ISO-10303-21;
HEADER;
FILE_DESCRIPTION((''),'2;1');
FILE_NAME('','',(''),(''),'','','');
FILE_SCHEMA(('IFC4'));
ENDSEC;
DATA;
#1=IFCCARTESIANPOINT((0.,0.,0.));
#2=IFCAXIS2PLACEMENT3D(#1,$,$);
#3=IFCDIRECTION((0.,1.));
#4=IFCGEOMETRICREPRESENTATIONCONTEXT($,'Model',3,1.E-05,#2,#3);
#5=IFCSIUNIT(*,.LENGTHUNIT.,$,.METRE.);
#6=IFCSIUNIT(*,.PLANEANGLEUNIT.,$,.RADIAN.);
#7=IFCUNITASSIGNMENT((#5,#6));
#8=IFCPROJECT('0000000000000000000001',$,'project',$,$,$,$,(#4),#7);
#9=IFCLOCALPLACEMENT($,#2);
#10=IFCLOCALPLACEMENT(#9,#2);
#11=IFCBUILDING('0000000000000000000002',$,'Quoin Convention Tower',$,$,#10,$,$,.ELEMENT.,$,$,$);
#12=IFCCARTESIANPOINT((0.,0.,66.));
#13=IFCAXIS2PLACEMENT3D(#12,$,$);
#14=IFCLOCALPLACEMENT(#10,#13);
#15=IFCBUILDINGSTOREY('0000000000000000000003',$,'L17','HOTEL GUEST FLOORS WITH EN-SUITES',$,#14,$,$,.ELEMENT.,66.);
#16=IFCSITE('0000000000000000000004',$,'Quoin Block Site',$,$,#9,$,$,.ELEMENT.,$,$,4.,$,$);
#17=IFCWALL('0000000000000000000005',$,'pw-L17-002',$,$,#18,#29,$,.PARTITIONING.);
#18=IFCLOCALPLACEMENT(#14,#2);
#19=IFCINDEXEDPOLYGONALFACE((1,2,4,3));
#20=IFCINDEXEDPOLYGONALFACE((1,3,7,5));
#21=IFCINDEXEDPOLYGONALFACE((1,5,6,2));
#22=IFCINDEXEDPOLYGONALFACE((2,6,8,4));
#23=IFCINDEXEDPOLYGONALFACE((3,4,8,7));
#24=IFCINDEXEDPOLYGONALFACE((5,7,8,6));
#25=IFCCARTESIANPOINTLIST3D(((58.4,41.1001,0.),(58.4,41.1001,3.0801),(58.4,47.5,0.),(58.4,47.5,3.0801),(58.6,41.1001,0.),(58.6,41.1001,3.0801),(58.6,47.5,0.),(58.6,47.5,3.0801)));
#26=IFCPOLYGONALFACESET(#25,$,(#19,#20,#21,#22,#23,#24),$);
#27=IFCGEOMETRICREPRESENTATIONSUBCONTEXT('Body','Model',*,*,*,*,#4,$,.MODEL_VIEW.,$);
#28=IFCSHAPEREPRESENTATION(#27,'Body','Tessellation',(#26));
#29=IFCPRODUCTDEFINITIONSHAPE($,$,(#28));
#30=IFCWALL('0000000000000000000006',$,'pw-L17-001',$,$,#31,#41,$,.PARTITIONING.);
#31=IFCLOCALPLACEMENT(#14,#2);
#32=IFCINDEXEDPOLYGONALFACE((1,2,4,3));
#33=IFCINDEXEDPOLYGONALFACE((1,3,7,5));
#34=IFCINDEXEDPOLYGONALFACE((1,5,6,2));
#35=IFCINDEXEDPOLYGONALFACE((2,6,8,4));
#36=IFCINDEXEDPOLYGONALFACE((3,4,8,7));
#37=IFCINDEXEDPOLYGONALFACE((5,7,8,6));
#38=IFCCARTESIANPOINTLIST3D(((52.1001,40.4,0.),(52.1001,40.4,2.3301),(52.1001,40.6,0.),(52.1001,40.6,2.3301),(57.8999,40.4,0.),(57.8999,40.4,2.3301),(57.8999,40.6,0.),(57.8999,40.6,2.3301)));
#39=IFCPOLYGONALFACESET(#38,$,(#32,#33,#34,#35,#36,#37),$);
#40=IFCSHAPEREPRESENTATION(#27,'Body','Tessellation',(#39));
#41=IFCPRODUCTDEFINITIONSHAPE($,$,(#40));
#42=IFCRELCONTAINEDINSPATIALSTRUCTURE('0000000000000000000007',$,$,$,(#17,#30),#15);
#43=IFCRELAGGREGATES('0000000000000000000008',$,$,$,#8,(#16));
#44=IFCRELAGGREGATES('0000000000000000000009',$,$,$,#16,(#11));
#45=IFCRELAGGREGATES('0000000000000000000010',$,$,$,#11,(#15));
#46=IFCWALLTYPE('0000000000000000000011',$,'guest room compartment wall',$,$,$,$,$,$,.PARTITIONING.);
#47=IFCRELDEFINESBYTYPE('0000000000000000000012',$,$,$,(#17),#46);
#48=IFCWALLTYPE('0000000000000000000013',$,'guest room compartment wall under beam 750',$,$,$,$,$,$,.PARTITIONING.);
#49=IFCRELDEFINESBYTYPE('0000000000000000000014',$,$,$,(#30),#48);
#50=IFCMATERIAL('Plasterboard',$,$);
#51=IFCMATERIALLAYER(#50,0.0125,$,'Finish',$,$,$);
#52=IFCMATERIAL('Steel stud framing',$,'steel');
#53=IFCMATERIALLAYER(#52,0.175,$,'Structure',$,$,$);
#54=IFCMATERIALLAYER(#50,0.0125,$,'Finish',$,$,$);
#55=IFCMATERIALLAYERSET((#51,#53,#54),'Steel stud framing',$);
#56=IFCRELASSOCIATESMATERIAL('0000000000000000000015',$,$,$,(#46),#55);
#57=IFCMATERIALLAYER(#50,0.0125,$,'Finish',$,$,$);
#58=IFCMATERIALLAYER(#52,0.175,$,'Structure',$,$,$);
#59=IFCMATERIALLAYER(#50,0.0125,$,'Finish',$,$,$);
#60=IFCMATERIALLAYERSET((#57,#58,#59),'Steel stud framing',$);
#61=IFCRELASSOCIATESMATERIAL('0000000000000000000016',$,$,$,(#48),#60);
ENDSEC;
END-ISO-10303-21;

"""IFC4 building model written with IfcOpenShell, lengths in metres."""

from ifc_helpers import new_model, si_unit, direction, frame, frame_2d, origin, place, context, subcontext, project, spatial, rectangle, extrude, material, layer, layer_set, type_object, element, save


model = new_model("IFC4")

# Units and contexts
model_context = context("Model", 3, precision=1e-05, world=origin(), true_north=direction((0.0, 1.0)))
body_context = subcontext(model_context, "Body", "Model", "MODEL_VIEW")
ifc_project = project(units=[si_unit("LENGTHUNIT", "METRE"), si_unit("PLANEANGLEUNIT", "RADIAN")], contexts=[model_context])

# Site, building, storey
site_placement = place(None, origin())
site = spatial("IfcSite", under=ifc_project, at=site_placement, Name="Quoin Block Site", CompositionType="ELEMENT", RefElevation=4.0)
building_placement = place(site_placement, origin())
building = spatial("IfcBuilding", under=site, at=building_placement, Name="Quoin Convention Tower", CompositionType="ELEMENT")
storey_placement = place(building_placement, frame((0.0, 0.0, 66.0)))
storey = spatial("IfcBuildingStorey", under=building, at=storey_placement, Name="L17", Description="HOTEL GUEST FLOORS WITH EN-SUITES", CompositionType="ELEMENT", Elevation=66.0)

# Walls
ifc_material_1 = material(Name="Plasterboard")
ifc_layer_1 = layer(ifc_material_1, 0.0125, Name="Finish")
ifc_material_2 = material(Name="Steel stud framing", Category="steel")
ifc_layer_2 = layer(ifc_material_2, 0.175, Name="Structure")
ifc_layer_3 = layer(ifc_material_1, 0.0125, Name="Finish")
ifc_layer_set_1 = layer_set([ifc_layer_1, ifc_layer_2, ifc_layer_3], Name="Steel stud framing")
wall_type_1 = type_object("IfcWallType", Name="guest room compartment wall", PredefinedType="PARTITIONING", material=ifc_layer_set_1)
wall_1_placement = place(storey_placement, frame((58.5, 41.1001, 0.0), z_axis=(0.0, 0.0, 1.0), x_axis=(0.0, 1.0, 0.0)))
element("IfcWall", 1, at=wall_1_placement, inside=storey, type_object=wall_type_1, Name="pw-L17-002", PredefinedType="PARTITIONING", context=body_context, shape_type="SweptSolid", body=[
    extrude(rectangle(XDim=6.3999, YDim=0.2, at=frame_2d((3.2, 0.0))), origin(), (0.0, 0.0, 1.0), 3.0801),
])
ifc_layer_4 = layer(ifc_material_1, 0.0125, Name="Finish")
ifc_layer_5 = layer(ifc_material_2, 0.175, Name="Structure")
ifc_layer_6 = layer(ifc_material_1, 0.0125, Name="Finish")
ifc_layer_set_2 = layer_set([ifc_layer_4, ifc_layer_5, ifc_layer_6], Name="Steel stud framing")
wall_type_2 = type_object("IfcWallType", Name="guest room compartment wall under beam 750", PredefinedType="PARTITIONING", material=ifc_layer_set_2)
wall_2_placement = place(storey_placement, frame((52.1001, 40.5, 0.0), z_axis=(0.0, 0.0, 1.0), x_axis=(1.0, 0.0, 0.0)))
element("IfcWall", 2, at=wall_2_placement, inside=storey, type_object=wall_type_2, Name="pw-L17-001", PredefinedType="PARTITIONING", context=body_context, shape_type="SweptSolid", body=[
    extrude(rectangle(XDim=5.7998, YDim=0.2, at=frame_2d((2.8999, 0.0))), origin(), (0.0, 0.0, 1.0), 2.3301),
])

save(model, "model.ifc")
